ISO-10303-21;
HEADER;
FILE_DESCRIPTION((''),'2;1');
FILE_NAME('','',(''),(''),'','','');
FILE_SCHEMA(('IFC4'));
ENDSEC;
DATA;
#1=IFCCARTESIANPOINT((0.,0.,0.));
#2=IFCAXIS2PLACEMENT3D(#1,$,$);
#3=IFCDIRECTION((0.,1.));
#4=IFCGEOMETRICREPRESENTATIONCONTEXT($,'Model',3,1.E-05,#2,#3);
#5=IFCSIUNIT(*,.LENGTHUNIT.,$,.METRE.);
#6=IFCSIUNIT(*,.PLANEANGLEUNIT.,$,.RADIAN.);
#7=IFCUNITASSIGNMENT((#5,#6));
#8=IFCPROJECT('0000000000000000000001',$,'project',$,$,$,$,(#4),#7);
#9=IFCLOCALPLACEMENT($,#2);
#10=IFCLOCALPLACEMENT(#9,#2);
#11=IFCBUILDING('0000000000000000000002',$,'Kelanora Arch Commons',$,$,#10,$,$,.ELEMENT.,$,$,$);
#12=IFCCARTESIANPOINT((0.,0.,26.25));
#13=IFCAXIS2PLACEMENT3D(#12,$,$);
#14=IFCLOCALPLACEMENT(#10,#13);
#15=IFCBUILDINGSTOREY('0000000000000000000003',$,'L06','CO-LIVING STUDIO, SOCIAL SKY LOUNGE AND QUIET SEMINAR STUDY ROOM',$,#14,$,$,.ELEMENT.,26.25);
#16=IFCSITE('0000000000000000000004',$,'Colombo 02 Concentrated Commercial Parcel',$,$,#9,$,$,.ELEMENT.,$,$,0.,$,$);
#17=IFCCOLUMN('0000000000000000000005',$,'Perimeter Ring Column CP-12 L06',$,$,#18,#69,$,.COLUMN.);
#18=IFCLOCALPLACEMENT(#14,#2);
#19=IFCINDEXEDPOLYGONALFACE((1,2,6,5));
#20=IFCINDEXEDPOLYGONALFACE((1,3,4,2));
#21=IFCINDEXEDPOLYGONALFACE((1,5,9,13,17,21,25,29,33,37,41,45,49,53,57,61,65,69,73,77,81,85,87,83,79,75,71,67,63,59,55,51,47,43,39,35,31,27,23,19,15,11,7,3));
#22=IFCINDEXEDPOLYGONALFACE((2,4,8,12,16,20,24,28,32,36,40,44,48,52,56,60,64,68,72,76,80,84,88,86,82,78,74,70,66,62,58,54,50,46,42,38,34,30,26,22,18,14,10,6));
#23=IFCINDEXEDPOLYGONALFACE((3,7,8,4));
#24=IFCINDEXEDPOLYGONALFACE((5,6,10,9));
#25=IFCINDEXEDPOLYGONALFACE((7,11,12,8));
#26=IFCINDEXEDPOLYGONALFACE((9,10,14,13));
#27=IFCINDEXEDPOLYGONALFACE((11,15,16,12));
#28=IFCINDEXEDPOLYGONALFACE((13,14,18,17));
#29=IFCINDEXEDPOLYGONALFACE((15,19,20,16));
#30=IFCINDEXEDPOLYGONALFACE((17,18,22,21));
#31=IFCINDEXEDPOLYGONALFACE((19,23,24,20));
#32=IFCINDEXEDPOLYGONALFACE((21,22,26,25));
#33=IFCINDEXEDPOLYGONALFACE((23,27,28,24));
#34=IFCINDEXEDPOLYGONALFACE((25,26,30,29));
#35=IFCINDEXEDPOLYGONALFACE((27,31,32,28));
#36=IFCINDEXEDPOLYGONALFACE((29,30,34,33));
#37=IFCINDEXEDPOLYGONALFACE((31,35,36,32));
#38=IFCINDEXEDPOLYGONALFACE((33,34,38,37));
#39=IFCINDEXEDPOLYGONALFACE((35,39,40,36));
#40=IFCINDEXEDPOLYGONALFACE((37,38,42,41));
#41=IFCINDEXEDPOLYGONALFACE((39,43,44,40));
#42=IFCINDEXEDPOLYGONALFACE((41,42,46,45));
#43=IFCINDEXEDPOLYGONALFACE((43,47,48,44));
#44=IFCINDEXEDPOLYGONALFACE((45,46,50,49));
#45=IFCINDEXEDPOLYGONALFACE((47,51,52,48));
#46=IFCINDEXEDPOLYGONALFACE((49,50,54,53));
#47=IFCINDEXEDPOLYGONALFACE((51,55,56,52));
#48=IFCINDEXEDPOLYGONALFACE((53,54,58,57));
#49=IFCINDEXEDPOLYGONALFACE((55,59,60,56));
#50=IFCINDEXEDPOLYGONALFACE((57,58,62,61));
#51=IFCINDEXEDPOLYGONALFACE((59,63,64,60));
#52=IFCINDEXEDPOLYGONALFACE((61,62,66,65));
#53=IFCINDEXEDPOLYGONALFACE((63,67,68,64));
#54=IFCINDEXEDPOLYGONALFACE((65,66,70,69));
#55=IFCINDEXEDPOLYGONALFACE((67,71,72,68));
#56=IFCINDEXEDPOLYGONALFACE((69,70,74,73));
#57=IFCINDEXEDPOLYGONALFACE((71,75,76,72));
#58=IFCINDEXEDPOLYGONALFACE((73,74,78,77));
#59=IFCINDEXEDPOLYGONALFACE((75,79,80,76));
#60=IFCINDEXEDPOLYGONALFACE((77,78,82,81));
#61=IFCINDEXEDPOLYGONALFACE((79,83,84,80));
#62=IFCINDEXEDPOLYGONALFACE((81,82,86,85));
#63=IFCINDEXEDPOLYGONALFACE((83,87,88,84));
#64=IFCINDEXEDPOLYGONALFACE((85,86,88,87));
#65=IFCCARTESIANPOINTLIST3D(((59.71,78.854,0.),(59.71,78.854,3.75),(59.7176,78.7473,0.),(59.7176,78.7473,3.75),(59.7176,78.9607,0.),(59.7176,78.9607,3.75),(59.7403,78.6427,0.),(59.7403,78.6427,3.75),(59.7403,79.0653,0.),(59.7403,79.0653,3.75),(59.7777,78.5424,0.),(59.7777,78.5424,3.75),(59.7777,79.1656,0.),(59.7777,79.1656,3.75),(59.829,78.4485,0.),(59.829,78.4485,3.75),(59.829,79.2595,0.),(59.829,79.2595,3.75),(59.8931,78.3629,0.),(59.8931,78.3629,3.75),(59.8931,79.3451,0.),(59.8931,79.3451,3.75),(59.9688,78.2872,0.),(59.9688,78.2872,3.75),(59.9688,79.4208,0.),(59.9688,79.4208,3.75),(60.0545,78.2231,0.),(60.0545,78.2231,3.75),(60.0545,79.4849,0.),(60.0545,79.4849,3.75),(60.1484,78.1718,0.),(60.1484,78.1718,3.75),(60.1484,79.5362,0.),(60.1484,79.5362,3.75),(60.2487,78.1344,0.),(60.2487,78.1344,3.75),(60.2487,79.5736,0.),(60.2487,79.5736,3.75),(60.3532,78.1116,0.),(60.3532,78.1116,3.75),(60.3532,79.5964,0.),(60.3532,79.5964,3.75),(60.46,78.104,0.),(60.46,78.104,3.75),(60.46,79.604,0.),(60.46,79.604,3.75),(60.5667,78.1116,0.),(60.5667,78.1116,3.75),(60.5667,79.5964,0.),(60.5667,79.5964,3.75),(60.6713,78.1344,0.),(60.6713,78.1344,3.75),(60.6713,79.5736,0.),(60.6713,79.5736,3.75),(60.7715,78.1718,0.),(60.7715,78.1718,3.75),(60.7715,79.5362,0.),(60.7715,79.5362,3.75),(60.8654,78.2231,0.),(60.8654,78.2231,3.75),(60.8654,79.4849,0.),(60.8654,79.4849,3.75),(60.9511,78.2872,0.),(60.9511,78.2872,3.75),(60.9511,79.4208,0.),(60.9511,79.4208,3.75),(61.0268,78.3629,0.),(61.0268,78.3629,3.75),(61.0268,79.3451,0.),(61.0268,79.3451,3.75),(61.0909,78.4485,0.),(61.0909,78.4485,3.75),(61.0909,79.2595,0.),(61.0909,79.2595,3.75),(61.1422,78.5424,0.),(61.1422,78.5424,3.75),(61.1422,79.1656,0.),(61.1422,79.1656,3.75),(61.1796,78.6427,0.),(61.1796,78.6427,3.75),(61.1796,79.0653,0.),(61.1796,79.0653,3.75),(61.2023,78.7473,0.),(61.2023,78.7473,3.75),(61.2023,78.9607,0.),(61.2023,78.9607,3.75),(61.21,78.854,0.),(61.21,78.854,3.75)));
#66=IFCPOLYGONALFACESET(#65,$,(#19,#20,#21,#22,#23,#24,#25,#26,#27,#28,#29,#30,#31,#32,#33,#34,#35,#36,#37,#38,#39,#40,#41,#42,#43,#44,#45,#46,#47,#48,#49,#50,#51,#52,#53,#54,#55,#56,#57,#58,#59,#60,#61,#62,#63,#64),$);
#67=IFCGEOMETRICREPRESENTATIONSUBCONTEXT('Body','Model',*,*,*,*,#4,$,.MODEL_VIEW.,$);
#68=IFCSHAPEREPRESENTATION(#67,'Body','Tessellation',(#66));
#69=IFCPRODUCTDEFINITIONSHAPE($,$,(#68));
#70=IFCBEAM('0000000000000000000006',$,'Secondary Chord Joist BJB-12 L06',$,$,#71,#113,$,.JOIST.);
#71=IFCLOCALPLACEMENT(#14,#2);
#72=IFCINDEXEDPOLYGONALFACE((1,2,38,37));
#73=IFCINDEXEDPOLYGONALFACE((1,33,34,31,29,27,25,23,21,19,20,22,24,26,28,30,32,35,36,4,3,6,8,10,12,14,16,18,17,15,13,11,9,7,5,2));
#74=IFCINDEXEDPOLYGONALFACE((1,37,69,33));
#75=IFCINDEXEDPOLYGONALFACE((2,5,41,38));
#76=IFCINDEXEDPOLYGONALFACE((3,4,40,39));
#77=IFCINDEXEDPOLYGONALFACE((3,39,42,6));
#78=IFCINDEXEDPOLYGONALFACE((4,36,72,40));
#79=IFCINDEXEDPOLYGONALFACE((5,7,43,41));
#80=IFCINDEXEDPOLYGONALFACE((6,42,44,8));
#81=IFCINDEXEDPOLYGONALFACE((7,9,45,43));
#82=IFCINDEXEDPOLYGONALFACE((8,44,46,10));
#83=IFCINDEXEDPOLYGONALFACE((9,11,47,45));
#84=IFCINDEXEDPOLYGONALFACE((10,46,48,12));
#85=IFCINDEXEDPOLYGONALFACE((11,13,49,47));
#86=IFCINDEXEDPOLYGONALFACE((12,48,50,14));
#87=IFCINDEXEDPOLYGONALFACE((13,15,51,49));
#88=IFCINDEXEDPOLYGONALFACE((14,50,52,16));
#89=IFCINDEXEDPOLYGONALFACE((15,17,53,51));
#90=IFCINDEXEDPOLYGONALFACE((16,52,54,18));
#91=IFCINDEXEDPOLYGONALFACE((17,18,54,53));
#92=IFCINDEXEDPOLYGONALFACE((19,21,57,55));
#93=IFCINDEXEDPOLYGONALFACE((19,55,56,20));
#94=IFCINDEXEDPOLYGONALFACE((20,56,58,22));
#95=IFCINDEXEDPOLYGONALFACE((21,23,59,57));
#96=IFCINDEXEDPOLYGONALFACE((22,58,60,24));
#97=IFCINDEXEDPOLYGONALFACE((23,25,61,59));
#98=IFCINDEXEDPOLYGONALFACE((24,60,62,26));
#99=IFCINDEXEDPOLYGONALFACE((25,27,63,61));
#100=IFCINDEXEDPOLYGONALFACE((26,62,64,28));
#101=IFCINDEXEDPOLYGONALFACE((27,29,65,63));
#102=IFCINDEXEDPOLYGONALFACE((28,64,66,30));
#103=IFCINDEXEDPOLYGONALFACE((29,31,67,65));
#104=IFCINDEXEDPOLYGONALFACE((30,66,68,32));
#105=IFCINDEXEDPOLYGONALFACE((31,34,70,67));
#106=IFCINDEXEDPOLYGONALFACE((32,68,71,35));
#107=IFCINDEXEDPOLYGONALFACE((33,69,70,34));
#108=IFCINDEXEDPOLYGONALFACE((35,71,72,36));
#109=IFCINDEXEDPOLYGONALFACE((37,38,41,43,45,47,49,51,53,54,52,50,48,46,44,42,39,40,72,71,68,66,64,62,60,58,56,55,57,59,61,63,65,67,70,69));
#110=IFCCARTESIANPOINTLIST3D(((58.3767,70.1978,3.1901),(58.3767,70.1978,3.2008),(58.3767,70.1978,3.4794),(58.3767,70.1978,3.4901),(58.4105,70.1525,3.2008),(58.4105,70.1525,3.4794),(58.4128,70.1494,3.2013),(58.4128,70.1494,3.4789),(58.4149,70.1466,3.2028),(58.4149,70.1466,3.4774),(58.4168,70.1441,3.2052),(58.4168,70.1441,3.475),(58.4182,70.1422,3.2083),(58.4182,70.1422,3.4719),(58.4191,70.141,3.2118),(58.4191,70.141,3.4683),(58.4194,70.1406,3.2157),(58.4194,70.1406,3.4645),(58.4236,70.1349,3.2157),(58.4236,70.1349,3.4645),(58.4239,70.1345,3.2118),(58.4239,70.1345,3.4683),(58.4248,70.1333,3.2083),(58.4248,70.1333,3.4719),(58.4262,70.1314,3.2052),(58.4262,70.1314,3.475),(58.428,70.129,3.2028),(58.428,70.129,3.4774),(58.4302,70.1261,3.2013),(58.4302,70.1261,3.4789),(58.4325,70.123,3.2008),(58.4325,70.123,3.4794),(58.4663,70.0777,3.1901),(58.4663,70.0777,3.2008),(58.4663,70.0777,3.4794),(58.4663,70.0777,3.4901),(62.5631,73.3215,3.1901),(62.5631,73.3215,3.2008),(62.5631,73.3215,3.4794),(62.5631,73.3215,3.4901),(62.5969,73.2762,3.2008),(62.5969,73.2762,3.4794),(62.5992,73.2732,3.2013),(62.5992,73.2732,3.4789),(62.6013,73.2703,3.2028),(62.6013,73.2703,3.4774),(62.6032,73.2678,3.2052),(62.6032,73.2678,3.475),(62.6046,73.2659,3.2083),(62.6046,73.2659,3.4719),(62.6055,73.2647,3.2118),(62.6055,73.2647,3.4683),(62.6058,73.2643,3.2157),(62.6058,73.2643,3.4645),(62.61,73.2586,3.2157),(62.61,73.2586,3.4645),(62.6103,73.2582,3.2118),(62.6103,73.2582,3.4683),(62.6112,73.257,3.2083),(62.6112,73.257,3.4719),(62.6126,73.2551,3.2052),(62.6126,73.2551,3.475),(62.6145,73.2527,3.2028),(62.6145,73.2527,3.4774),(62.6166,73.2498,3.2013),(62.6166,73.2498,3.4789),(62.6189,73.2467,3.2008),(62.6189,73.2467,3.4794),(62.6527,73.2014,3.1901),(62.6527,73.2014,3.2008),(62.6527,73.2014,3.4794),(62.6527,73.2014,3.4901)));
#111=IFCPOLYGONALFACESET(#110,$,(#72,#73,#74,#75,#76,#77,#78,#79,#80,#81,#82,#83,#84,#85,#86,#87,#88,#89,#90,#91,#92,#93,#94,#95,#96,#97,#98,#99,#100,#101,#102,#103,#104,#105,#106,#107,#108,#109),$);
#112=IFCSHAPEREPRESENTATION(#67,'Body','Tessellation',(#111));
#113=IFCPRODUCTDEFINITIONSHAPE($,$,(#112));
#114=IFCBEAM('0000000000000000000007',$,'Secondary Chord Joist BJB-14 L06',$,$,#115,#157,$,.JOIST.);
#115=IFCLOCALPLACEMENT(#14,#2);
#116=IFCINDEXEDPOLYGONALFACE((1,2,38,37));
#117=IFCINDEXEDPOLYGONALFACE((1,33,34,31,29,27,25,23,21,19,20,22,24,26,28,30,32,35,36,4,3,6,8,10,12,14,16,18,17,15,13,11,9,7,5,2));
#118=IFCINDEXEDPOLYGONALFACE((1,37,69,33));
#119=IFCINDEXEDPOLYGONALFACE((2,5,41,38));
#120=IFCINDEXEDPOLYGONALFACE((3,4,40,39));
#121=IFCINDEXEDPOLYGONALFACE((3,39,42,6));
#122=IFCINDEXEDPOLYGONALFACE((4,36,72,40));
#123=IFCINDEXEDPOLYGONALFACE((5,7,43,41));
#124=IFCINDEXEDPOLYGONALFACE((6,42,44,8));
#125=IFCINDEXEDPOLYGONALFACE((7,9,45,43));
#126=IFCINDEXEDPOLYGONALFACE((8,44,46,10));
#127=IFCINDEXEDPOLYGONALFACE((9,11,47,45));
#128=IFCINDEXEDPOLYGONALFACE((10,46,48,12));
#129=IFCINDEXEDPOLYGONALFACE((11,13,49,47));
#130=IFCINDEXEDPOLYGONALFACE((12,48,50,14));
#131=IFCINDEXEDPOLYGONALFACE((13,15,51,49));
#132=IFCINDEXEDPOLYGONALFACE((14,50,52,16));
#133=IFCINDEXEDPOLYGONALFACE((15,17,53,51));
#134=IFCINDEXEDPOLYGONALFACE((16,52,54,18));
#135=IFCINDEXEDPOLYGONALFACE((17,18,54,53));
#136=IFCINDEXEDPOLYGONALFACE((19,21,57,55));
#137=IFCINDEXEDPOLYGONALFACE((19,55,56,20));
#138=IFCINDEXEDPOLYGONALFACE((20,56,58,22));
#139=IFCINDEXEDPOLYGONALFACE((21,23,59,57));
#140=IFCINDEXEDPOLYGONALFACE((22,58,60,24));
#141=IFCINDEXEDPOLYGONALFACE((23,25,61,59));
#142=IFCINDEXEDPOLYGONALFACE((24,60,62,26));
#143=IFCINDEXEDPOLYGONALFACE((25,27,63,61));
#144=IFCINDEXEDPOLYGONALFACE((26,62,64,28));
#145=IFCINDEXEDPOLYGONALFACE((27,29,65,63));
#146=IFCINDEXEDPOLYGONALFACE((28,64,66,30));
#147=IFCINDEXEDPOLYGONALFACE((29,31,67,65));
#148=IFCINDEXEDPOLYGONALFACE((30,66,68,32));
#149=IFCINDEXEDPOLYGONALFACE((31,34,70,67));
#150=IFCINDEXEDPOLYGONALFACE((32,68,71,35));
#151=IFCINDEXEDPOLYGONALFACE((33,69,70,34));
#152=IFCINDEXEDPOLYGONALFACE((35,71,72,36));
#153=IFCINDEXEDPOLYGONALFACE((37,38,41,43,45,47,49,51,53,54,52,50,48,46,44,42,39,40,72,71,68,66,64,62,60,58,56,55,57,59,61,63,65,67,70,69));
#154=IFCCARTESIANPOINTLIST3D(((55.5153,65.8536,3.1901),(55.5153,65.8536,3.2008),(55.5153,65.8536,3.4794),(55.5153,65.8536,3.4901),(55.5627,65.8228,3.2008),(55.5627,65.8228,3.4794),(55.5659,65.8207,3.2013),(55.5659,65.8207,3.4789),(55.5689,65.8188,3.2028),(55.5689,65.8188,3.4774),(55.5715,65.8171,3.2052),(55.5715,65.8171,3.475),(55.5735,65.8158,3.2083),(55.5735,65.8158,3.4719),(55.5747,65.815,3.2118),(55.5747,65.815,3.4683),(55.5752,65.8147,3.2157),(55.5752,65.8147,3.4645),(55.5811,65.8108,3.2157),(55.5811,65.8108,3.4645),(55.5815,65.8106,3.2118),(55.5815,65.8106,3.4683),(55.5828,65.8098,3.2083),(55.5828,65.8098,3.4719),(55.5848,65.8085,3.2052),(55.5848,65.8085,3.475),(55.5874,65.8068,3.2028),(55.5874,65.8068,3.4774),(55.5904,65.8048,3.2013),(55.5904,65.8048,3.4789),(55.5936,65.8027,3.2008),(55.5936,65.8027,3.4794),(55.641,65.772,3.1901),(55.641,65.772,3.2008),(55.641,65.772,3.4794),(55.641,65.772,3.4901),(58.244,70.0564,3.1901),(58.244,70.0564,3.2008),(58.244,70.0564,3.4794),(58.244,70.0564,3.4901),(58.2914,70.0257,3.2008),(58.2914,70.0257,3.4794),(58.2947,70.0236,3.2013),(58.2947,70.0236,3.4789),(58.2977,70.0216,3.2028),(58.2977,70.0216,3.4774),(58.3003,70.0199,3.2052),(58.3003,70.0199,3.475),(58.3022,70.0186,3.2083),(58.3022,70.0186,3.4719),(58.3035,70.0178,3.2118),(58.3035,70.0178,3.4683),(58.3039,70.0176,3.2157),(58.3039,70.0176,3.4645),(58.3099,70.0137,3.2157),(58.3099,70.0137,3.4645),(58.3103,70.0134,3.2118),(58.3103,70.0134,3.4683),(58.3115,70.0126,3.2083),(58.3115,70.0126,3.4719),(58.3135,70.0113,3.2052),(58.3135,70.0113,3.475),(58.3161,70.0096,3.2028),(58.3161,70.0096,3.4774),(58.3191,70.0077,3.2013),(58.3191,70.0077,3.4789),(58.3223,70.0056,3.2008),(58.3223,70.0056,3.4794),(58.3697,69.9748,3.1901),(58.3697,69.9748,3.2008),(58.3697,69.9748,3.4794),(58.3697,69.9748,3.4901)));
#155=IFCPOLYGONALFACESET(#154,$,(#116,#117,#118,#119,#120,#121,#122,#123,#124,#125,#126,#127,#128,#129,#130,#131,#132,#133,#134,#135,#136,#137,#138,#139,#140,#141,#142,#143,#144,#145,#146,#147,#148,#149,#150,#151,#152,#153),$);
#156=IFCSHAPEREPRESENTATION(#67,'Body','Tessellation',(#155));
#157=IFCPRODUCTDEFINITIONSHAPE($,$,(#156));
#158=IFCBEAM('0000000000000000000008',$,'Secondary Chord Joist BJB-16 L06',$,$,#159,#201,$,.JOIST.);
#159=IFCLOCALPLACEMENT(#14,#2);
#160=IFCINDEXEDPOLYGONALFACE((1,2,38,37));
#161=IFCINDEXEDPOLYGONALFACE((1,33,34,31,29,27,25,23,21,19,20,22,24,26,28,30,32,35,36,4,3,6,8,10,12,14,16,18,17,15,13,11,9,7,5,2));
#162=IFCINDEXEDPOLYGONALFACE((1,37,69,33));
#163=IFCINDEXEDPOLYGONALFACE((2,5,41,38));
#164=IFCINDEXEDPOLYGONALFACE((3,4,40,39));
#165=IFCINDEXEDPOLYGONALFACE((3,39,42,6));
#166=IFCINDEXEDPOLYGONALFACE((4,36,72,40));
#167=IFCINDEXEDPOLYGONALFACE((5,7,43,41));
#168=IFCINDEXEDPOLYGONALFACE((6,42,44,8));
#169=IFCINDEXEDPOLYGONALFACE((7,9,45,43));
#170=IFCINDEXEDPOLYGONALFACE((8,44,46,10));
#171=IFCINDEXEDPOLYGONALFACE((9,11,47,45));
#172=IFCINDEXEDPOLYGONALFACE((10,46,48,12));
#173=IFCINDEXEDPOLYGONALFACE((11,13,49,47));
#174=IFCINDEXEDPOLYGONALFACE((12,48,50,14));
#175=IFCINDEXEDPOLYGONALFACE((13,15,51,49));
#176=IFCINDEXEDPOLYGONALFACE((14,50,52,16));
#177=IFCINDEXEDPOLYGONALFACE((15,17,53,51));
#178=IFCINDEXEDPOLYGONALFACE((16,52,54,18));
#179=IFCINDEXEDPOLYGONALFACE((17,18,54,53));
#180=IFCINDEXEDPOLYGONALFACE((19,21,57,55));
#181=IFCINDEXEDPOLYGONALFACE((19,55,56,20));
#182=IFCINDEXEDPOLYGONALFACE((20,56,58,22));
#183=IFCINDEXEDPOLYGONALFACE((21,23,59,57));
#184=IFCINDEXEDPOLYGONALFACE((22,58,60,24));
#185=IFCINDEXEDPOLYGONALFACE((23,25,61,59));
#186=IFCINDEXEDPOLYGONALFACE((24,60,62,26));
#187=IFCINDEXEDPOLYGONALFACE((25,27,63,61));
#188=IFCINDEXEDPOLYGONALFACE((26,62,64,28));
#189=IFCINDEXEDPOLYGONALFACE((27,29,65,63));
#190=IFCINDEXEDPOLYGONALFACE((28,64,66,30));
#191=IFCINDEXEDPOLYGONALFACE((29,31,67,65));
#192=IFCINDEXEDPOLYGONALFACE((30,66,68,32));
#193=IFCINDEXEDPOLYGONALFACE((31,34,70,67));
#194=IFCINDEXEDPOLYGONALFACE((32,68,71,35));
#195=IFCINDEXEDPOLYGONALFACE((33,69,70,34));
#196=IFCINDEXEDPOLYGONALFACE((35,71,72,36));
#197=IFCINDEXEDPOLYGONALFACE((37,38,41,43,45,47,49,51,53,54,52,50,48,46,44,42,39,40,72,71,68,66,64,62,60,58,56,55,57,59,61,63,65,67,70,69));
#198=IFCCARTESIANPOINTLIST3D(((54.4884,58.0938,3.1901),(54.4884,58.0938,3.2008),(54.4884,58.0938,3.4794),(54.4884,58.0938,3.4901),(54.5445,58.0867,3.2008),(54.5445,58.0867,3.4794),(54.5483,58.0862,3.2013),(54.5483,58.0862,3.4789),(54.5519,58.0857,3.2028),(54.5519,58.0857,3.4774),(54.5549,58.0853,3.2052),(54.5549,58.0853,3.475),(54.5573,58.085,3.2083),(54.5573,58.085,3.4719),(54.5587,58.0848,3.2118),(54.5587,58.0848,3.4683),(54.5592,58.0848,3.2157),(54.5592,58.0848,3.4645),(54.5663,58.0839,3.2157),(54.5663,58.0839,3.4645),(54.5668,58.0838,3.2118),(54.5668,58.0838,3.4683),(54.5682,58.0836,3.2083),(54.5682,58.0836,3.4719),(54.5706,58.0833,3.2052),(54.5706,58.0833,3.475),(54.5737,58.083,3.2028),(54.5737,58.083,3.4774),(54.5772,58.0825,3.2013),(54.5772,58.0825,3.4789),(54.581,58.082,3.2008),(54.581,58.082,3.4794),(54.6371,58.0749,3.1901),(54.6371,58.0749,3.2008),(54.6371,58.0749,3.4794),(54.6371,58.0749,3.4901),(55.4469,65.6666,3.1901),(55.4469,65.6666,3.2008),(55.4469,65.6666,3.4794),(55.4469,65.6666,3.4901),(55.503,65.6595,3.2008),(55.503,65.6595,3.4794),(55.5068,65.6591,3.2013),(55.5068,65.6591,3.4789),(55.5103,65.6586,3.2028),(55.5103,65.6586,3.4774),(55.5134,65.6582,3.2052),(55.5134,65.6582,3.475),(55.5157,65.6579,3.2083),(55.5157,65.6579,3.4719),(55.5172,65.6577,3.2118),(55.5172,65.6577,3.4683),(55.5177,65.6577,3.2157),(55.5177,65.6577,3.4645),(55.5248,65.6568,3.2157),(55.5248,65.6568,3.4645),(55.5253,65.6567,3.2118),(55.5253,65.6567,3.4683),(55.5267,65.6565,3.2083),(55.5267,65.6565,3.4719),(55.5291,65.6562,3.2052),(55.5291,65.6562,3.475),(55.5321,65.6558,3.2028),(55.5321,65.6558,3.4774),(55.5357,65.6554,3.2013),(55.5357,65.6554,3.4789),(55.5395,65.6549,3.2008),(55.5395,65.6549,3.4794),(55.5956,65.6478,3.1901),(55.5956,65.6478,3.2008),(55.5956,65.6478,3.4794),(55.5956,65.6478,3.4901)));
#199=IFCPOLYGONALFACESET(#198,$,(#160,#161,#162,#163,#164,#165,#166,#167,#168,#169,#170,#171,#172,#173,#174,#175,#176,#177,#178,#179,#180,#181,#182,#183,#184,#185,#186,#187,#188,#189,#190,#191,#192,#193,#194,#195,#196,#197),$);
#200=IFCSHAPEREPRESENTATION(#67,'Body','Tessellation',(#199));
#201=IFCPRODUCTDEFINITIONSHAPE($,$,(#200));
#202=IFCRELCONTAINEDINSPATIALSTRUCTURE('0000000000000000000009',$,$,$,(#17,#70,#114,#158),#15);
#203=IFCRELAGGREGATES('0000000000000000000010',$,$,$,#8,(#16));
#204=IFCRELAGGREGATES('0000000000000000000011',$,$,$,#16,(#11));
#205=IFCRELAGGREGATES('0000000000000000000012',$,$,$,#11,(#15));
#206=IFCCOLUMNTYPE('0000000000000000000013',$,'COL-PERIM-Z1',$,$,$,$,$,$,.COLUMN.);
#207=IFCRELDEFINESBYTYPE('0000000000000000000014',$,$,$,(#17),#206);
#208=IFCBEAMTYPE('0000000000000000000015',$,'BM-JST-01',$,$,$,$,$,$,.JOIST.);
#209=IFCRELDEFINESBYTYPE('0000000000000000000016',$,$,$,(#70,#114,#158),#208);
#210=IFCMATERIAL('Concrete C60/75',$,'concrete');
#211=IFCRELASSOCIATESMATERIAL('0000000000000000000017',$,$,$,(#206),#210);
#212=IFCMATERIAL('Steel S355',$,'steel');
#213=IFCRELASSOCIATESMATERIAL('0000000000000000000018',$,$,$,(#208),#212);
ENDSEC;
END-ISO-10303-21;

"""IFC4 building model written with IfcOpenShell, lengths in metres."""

from ifc_helpers import new_model, si_unit, direction, frame, origin, origin_2d, place, context, subcontext, project, spatial, circle, i_section, extrude, material, material_profile, profile_set, type_object, element, save


model = new_model("IFC4")

# Units and contexts
model_context = context("Model", 3, precision=1e-05, world=origin(), true_north=direction((0.0, 1.0)))
body_context = subcontext(model_context, "Body", "Model", "MODEL_VIEW")
ifc_project = project(units=[si_unit("LENGTHUNIT", "METRE"), si_unit("PLANEANGLEUNIT", "RADIAN")], contexts=[model_context])

# Site, building, storey
site_placement = place(None, origin())
site = spatial("IfcSite", under=ifc_project, at=site_placement, Name="Colombo 02 Concentrated Commercial Parcel", CompositionType="ELEMENT", RefElevation=0.0)
building_placement = place(site_placement, origin())
building = spatial("IfcBuilding", under=site, at=building_placement, Name="Kelanora Arch Commons", CompositionType="ELEMENT")
storey_placement = place(building_placement, frame((0.0, 0.0, 26.25)))
storey = spatial("IfcBuildingStorey", under=building, at=storey_placement, Name="L06", Description="CO-LIVING STUDIO, SOCIAL SKY LOUNGE AND QUIET SEMINAR STUDY ROOM", CompositionType="ELEMENT", Elevation=26.25)

# Column
ifc_material_1 = material(Name="Concrete C60/75", Category="concrete")
ifc_material_profile_1 = material_profile(ifc_material_1, circle(Radius=0.75, at=origin_2d()), Name="RCC1500")
ifc_profile_set_1 = profile_set([ifc_material_profile_1], Name="Concrete C60/75")
column_type = type_object("IfcColumnType", Name="COL-PERIM-Z1", PredefinedType="COLUMN", material=ifc_profile_set_1)
column_placement = place(storey_placement, frame((60.46, 78.854, 0.0), z_axis=(0.0, 0.0, 1.0), x_axis=(1.0, 0.0, 0.0)))
element("IfcColumn", 1, at=column_placement, inside=storey, type_object=column_type, Name="Perimeter Ring Column CP-12 L06", PredefinedType="COLUMN", context=body_context, shape_type="SweptSolid", body=[
    extrude(circle(Radius=0.75, at=origin_2d()), origin(), (0.0, 0.0, 1.0), 3.75),
])

# Beams
ifc_material_2 = material(Name="Steel S355", Category="steel")
ifc_material_profile_2 = material_profile(ifc_material_2, i_section(OverallWidth=0.1499, OverallDepth=0.3, WebThickness=0.0071, FlangeThickness=0.0107, FilletRadius=0.0149, at=origin_2d()), Name="IPE300")
ifc_profile_set_2 = profile_set([ifc_material_profile_2], Name="Steel S355")
beam_type_1 = type_object("IfcBeamType", Name="BM-JST-01", PredefinedType="JOIST", material=ifc_profile_set_2)
beam_1_placement = place(storey_placement, frame((62.6079, 73.2615, 3.3401), z_axis=(-0.801478, -0.598024, 0.0), x_axis=(0.598024, -0.801478, 0.0)))
element("IfcBeam", 2, at=beam_1_placement, inside=storey, type_object=beam_type_1, Name="Secondary Chord Joist BJB-12 L06", PredefinedType="JOIST", context=body_context, shape_type="SweptSolid", body=[
    extrude(i_section(OverallWidth=0.1499, OverallDepth=0.3, WebThickness=0.0071, FlangeThickness=0.0107, FilletRadius=0.0149, at=origin_2d()), origin(), (0.0, 0.0, 1.0), 5.2234),
])
beam_2_placement = place(storey_placement, frame((58.3069, 70.0156, 3.3401), z_axis=(-0.544552, -0.838727, 0.0), x_axis=(0.838727, -0.544552, 0.0)))
element("IfcBeam", 3, at=beam_2_placement, inside=storey, type_object=beam_type_1, Name="Secondary Chord Joist BJB-14 L06", PredefinedType="JOIST", context=body_context, shape_type="SweptSolid", body=[
    extrude(i_section(OverallWidth=0.1499, OverallDepth=0.3, WebThickness=0.0071, FlangeThickness=0.0107, FilletRadius=0.0149, at=origin_2d()), origin(), (0.0, 0.0, 1.0), 5.011),
])
beam_3_placement = place(storey_placement, frame((55.5212, 65.6572, 3.3401), z_axis=(-0.125566, -0.992085, 0.0), x_axis=(0.992085, -0.125566, 0.0)))
element("IfcBeam", 4, at=beam_3_placement, inside=storey, type_object=beam_type_1, Name="Secondary Chord Joist BJB-16 L06", PredefinedType="JOIST", context=body_context, shape_type="SweptSolid", body=[
    extrude(i_section(OverallWidth=0.1499, OverallDepth=0.3, WebThickness=0.0071, FlangeThickness=0.0107, FilletRadius=0.0149, at=origin_2d()), origin(), (0.0, 0.0, 1.0), 7.6333),
])

save(model, "model.ifc")
